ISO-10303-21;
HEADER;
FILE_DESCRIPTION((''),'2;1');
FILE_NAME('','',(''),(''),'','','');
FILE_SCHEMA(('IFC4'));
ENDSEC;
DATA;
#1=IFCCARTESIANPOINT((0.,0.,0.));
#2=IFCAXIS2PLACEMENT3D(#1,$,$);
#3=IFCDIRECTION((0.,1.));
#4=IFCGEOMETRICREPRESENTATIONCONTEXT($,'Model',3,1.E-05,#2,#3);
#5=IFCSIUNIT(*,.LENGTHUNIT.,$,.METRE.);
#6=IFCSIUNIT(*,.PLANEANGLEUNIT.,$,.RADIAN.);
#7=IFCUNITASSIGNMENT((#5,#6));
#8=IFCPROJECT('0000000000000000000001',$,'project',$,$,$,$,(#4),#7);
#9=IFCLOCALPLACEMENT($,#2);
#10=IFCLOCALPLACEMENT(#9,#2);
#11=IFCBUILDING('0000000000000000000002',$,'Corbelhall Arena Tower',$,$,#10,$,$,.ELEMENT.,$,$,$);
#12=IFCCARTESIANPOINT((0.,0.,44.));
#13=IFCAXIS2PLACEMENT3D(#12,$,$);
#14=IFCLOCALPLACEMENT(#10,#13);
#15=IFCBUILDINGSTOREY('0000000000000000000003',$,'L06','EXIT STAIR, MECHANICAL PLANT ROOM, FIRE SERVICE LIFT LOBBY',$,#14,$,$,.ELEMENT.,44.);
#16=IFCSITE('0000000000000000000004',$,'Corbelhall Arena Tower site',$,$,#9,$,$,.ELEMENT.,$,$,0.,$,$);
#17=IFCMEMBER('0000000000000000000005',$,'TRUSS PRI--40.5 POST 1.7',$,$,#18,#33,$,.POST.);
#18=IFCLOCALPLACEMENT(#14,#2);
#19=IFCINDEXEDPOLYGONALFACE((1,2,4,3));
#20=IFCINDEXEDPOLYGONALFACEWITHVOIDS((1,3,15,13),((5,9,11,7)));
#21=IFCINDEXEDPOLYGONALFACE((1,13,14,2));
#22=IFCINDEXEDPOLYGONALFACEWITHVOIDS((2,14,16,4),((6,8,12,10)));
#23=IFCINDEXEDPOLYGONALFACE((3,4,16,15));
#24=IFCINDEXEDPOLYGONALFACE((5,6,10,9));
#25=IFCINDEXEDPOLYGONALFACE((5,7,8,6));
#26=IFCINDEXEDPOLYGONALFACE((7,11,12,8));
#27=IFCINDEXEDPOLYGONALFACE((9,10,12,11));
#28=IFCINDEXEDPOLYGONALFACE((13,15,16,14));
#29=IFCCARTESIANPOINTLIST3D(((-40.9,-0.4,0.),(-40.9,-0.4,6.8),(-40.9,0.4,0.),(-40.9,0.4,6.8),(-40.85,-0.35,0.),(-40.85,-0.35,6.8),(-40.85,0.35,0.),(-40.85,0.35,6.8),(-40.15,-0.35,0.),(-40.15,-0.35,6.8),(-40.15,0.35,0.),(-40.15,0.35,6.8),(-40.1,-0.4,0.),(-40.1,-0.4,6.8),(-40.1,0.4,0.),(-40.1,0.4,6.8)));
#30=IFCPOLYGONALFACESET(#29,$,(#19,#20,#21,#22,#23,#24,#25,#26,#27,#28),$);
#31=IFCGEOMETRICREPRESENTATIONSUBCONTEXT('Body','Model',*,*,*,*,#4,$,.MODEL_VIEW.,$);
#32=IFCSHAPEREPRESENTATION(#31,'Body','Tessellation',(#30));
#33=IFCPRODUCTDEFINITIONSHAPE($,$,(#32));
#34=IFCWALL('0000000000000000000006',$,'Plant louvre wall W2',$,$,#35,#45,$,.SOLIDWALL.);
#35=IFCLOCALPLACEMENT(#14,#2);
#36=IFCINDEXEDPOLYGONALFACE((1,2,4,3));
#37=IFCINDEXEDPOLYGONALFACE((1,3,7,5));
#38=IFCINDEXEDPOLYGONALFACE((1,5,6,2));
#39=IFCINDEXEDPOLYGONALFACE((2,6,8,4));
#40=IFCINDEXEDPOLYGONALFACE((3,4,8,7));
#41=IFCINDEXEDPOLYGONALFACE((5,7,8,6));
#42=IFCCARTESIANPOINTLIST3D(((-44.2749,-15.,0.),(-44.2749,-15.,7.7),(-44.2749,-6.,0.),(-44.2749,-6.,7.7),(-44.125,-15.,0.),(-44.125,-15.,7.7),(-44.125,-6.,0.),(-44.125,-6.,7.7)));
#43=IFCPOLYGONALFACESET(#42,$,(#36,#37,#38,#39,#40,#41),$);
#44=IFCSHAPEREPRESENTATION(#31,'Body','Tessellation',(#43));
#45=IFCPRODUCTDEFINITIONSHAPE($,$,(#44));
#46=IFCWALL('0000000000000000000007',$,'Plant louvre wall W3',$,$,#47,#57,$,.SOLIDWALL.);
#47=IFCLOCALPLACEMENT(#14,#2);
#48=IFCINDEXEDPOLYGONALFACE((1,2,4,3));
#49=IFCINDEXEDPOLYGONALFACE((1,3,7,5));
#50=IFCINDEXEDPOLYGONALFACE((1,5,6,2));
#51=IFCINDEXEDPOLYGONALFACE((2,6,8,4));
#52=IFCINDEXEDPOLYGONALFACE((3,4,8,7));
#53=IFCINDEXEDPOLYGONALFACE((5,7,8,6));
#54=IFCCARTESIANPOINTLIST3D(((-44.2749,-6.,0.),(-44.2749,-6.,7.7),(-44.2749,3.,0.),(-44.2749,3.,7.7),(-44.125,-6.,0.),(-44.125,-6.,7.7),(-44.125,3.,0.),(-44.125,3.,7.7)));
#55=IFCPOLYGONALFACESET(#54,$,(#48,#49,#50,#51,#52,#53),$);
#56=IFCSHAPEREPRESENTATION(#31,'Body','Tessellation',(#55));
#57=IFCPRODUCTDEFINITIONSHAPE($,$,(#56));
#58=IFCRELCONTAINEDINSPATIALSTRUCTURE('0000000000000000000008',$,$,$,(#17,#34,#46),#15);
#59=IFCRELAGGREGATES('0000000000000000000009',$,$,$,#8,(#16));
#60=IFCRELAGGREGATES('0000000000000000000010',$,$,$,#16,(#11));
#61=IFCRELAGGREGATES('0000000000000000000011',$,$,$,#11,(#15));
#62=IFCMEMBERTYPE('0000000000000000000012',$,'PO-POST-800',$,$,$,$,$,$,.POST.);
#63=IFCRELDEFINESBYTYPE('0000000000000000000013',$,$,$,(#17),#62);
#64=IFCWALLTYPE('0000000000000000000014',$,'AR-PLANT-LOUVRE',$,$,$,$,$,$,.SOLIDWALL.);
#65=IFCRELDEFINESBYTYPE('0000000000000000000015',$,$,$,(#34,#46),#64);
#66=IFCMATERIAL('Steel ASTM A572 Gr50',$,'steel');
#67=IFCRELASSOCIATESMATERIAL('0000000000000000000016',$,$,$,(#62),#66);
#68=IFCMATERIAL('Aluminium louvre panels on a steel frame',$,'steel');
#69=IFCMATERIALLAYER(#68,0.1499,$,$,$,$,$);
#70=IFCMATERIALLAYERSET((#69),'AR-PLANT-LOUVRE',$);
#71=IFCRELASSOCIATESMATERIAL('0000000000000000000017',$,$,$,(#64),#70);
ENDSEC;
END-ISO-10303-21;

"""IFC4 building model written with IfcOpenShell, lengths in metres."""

from ifc_helpers import new_model, si_unit, direction, frame, frame_2d, origin, origin_2d, place, context, subcontext, project, spatial, rectangle, hollow_rectangle, extrude, material, layer, layer_set, material_profile, profile_set, type_object, element, save


model = new_model("IFC4")

# Units and contexts
model_context = context("Model", 3, precision=1e-05, world=origin(), true_north=direction((0.0, 1.0)))
body_context = subcontext(model_context, "Body", "Model", "MODEL_VIEW")
ifc_project = project(units=[si_unit("LENGTHUNIT", "METRE"), si_unit("PLANEANGLEUNIT", "RADIAN")], contexts=[model_context])

# Site, building, storey
site_placement = place(None, origin())
site = spatial("IfcSite", under=ifc_project, at=site_placement, Name="Corbelhall Arena Tower site", CompositionType="ELEMENT", RefElevation=0.0)
building_placement = place(site_placement, origin())
building = spatial("IfcBuilding", under=site, at=building_placement, Name="Corbelhall Arena Tower", CompositionType="ELEMENT")
storey_placement = place(building_placement, frame((0.0, 0.0, 44.0)))
storey = spatial("IfcBuildingStorey", under=building, at=storey_placement, Name="L06", Description="EXIT STAIR, MECHANICAL PLANT ROOM, FIRE SERVICE LIFT LOBBY", CompositionType="ELEMENT", Elevation=44.0)

# Member
ifc_material_1 = material(Name="Steel ASTM A572 Gr50", Category="steel")
ifc_material_profile_1 = material_profile(ifc_material_1, hollow_rectangle(XDim=0.8, YDim=0.8, WallThickness=0.05, at=origin_2d()))
ifc_profile_set_1 = profile_set([ifc_material_profile_1], Name="Steel ASTM A572 Gr50")
member_type_1 = type_object("IfcMemberType", Name="PO-POST-800", PredefinedType="POST", material=ifc_profile_set_1)
for number, where, z_axis, x_axis, name in (
    (1, (-40.5, 0.0, 0.0), (0.0, 0.0, 1.0), (1.0, 0.0, 0.0), "TRUSS PRI--40.5 POST 1.7"),
):
    element("IfcMember", number, at=place(storey_placement, frame(where, z_axis=z_axis, x_axis=x_axis)), inside=storey, type_object=member_type_1, Name=name, PredefinedType="POST", context=body_context, shape_type="SweptSolid", body=[
        extrude(hollow_rectangle(XDim=0.8, YDim=0.8, WallThickness=0.05, at=origin_2d()), origin(), (0.0, 0.0, 1.0), 6.8),
    ])

# Walls
ifc_material_2 = material(Name="Aluminium louvre panels on a steel frame", Category="steel")
ifc_layer = layer(ifc_material_2, 0.1499)
ifc_layer_set = layer_set([ifc_layer], Name="AR-PLANT-LOUVRE")
wall_type = type_object("IfcWallType", Name="AR-PLANT-LOUVRE", PredefinedType="SOLIDWALL", material=ifc_layer_set)
for number, where, z_axis, x_axis, name in (
    (2, (-44.2, -15.0, 0.0), (0.0, 0.0, 1.0), (0.0, 1.0, 0.0), "Plant louvre wall W2"),
    (3, (-44.2, -6.0, 0.0), (0.0, 0.0, 1.0), (0.0, 1.0, 0.0), "Plant louvre wall W3"),
):
    element("IfcWall", number, at=place(storey_placement, frame(where, z_axis=z_axis, x_axis=x_axis)), inside=storey, type_object=wall_type, Name=name, PredefinedType="SOLIDWALL", context=body_context, shape_type="SweptSolid", body=[
        extrude(rectangle(XDim=9.0, YDim=0.1499, at=frame_2d((4.5, 0.0))), origin(), (0.0, 0.0, 1.0), 7.7),
    ])

save(model, "model.ifc")
